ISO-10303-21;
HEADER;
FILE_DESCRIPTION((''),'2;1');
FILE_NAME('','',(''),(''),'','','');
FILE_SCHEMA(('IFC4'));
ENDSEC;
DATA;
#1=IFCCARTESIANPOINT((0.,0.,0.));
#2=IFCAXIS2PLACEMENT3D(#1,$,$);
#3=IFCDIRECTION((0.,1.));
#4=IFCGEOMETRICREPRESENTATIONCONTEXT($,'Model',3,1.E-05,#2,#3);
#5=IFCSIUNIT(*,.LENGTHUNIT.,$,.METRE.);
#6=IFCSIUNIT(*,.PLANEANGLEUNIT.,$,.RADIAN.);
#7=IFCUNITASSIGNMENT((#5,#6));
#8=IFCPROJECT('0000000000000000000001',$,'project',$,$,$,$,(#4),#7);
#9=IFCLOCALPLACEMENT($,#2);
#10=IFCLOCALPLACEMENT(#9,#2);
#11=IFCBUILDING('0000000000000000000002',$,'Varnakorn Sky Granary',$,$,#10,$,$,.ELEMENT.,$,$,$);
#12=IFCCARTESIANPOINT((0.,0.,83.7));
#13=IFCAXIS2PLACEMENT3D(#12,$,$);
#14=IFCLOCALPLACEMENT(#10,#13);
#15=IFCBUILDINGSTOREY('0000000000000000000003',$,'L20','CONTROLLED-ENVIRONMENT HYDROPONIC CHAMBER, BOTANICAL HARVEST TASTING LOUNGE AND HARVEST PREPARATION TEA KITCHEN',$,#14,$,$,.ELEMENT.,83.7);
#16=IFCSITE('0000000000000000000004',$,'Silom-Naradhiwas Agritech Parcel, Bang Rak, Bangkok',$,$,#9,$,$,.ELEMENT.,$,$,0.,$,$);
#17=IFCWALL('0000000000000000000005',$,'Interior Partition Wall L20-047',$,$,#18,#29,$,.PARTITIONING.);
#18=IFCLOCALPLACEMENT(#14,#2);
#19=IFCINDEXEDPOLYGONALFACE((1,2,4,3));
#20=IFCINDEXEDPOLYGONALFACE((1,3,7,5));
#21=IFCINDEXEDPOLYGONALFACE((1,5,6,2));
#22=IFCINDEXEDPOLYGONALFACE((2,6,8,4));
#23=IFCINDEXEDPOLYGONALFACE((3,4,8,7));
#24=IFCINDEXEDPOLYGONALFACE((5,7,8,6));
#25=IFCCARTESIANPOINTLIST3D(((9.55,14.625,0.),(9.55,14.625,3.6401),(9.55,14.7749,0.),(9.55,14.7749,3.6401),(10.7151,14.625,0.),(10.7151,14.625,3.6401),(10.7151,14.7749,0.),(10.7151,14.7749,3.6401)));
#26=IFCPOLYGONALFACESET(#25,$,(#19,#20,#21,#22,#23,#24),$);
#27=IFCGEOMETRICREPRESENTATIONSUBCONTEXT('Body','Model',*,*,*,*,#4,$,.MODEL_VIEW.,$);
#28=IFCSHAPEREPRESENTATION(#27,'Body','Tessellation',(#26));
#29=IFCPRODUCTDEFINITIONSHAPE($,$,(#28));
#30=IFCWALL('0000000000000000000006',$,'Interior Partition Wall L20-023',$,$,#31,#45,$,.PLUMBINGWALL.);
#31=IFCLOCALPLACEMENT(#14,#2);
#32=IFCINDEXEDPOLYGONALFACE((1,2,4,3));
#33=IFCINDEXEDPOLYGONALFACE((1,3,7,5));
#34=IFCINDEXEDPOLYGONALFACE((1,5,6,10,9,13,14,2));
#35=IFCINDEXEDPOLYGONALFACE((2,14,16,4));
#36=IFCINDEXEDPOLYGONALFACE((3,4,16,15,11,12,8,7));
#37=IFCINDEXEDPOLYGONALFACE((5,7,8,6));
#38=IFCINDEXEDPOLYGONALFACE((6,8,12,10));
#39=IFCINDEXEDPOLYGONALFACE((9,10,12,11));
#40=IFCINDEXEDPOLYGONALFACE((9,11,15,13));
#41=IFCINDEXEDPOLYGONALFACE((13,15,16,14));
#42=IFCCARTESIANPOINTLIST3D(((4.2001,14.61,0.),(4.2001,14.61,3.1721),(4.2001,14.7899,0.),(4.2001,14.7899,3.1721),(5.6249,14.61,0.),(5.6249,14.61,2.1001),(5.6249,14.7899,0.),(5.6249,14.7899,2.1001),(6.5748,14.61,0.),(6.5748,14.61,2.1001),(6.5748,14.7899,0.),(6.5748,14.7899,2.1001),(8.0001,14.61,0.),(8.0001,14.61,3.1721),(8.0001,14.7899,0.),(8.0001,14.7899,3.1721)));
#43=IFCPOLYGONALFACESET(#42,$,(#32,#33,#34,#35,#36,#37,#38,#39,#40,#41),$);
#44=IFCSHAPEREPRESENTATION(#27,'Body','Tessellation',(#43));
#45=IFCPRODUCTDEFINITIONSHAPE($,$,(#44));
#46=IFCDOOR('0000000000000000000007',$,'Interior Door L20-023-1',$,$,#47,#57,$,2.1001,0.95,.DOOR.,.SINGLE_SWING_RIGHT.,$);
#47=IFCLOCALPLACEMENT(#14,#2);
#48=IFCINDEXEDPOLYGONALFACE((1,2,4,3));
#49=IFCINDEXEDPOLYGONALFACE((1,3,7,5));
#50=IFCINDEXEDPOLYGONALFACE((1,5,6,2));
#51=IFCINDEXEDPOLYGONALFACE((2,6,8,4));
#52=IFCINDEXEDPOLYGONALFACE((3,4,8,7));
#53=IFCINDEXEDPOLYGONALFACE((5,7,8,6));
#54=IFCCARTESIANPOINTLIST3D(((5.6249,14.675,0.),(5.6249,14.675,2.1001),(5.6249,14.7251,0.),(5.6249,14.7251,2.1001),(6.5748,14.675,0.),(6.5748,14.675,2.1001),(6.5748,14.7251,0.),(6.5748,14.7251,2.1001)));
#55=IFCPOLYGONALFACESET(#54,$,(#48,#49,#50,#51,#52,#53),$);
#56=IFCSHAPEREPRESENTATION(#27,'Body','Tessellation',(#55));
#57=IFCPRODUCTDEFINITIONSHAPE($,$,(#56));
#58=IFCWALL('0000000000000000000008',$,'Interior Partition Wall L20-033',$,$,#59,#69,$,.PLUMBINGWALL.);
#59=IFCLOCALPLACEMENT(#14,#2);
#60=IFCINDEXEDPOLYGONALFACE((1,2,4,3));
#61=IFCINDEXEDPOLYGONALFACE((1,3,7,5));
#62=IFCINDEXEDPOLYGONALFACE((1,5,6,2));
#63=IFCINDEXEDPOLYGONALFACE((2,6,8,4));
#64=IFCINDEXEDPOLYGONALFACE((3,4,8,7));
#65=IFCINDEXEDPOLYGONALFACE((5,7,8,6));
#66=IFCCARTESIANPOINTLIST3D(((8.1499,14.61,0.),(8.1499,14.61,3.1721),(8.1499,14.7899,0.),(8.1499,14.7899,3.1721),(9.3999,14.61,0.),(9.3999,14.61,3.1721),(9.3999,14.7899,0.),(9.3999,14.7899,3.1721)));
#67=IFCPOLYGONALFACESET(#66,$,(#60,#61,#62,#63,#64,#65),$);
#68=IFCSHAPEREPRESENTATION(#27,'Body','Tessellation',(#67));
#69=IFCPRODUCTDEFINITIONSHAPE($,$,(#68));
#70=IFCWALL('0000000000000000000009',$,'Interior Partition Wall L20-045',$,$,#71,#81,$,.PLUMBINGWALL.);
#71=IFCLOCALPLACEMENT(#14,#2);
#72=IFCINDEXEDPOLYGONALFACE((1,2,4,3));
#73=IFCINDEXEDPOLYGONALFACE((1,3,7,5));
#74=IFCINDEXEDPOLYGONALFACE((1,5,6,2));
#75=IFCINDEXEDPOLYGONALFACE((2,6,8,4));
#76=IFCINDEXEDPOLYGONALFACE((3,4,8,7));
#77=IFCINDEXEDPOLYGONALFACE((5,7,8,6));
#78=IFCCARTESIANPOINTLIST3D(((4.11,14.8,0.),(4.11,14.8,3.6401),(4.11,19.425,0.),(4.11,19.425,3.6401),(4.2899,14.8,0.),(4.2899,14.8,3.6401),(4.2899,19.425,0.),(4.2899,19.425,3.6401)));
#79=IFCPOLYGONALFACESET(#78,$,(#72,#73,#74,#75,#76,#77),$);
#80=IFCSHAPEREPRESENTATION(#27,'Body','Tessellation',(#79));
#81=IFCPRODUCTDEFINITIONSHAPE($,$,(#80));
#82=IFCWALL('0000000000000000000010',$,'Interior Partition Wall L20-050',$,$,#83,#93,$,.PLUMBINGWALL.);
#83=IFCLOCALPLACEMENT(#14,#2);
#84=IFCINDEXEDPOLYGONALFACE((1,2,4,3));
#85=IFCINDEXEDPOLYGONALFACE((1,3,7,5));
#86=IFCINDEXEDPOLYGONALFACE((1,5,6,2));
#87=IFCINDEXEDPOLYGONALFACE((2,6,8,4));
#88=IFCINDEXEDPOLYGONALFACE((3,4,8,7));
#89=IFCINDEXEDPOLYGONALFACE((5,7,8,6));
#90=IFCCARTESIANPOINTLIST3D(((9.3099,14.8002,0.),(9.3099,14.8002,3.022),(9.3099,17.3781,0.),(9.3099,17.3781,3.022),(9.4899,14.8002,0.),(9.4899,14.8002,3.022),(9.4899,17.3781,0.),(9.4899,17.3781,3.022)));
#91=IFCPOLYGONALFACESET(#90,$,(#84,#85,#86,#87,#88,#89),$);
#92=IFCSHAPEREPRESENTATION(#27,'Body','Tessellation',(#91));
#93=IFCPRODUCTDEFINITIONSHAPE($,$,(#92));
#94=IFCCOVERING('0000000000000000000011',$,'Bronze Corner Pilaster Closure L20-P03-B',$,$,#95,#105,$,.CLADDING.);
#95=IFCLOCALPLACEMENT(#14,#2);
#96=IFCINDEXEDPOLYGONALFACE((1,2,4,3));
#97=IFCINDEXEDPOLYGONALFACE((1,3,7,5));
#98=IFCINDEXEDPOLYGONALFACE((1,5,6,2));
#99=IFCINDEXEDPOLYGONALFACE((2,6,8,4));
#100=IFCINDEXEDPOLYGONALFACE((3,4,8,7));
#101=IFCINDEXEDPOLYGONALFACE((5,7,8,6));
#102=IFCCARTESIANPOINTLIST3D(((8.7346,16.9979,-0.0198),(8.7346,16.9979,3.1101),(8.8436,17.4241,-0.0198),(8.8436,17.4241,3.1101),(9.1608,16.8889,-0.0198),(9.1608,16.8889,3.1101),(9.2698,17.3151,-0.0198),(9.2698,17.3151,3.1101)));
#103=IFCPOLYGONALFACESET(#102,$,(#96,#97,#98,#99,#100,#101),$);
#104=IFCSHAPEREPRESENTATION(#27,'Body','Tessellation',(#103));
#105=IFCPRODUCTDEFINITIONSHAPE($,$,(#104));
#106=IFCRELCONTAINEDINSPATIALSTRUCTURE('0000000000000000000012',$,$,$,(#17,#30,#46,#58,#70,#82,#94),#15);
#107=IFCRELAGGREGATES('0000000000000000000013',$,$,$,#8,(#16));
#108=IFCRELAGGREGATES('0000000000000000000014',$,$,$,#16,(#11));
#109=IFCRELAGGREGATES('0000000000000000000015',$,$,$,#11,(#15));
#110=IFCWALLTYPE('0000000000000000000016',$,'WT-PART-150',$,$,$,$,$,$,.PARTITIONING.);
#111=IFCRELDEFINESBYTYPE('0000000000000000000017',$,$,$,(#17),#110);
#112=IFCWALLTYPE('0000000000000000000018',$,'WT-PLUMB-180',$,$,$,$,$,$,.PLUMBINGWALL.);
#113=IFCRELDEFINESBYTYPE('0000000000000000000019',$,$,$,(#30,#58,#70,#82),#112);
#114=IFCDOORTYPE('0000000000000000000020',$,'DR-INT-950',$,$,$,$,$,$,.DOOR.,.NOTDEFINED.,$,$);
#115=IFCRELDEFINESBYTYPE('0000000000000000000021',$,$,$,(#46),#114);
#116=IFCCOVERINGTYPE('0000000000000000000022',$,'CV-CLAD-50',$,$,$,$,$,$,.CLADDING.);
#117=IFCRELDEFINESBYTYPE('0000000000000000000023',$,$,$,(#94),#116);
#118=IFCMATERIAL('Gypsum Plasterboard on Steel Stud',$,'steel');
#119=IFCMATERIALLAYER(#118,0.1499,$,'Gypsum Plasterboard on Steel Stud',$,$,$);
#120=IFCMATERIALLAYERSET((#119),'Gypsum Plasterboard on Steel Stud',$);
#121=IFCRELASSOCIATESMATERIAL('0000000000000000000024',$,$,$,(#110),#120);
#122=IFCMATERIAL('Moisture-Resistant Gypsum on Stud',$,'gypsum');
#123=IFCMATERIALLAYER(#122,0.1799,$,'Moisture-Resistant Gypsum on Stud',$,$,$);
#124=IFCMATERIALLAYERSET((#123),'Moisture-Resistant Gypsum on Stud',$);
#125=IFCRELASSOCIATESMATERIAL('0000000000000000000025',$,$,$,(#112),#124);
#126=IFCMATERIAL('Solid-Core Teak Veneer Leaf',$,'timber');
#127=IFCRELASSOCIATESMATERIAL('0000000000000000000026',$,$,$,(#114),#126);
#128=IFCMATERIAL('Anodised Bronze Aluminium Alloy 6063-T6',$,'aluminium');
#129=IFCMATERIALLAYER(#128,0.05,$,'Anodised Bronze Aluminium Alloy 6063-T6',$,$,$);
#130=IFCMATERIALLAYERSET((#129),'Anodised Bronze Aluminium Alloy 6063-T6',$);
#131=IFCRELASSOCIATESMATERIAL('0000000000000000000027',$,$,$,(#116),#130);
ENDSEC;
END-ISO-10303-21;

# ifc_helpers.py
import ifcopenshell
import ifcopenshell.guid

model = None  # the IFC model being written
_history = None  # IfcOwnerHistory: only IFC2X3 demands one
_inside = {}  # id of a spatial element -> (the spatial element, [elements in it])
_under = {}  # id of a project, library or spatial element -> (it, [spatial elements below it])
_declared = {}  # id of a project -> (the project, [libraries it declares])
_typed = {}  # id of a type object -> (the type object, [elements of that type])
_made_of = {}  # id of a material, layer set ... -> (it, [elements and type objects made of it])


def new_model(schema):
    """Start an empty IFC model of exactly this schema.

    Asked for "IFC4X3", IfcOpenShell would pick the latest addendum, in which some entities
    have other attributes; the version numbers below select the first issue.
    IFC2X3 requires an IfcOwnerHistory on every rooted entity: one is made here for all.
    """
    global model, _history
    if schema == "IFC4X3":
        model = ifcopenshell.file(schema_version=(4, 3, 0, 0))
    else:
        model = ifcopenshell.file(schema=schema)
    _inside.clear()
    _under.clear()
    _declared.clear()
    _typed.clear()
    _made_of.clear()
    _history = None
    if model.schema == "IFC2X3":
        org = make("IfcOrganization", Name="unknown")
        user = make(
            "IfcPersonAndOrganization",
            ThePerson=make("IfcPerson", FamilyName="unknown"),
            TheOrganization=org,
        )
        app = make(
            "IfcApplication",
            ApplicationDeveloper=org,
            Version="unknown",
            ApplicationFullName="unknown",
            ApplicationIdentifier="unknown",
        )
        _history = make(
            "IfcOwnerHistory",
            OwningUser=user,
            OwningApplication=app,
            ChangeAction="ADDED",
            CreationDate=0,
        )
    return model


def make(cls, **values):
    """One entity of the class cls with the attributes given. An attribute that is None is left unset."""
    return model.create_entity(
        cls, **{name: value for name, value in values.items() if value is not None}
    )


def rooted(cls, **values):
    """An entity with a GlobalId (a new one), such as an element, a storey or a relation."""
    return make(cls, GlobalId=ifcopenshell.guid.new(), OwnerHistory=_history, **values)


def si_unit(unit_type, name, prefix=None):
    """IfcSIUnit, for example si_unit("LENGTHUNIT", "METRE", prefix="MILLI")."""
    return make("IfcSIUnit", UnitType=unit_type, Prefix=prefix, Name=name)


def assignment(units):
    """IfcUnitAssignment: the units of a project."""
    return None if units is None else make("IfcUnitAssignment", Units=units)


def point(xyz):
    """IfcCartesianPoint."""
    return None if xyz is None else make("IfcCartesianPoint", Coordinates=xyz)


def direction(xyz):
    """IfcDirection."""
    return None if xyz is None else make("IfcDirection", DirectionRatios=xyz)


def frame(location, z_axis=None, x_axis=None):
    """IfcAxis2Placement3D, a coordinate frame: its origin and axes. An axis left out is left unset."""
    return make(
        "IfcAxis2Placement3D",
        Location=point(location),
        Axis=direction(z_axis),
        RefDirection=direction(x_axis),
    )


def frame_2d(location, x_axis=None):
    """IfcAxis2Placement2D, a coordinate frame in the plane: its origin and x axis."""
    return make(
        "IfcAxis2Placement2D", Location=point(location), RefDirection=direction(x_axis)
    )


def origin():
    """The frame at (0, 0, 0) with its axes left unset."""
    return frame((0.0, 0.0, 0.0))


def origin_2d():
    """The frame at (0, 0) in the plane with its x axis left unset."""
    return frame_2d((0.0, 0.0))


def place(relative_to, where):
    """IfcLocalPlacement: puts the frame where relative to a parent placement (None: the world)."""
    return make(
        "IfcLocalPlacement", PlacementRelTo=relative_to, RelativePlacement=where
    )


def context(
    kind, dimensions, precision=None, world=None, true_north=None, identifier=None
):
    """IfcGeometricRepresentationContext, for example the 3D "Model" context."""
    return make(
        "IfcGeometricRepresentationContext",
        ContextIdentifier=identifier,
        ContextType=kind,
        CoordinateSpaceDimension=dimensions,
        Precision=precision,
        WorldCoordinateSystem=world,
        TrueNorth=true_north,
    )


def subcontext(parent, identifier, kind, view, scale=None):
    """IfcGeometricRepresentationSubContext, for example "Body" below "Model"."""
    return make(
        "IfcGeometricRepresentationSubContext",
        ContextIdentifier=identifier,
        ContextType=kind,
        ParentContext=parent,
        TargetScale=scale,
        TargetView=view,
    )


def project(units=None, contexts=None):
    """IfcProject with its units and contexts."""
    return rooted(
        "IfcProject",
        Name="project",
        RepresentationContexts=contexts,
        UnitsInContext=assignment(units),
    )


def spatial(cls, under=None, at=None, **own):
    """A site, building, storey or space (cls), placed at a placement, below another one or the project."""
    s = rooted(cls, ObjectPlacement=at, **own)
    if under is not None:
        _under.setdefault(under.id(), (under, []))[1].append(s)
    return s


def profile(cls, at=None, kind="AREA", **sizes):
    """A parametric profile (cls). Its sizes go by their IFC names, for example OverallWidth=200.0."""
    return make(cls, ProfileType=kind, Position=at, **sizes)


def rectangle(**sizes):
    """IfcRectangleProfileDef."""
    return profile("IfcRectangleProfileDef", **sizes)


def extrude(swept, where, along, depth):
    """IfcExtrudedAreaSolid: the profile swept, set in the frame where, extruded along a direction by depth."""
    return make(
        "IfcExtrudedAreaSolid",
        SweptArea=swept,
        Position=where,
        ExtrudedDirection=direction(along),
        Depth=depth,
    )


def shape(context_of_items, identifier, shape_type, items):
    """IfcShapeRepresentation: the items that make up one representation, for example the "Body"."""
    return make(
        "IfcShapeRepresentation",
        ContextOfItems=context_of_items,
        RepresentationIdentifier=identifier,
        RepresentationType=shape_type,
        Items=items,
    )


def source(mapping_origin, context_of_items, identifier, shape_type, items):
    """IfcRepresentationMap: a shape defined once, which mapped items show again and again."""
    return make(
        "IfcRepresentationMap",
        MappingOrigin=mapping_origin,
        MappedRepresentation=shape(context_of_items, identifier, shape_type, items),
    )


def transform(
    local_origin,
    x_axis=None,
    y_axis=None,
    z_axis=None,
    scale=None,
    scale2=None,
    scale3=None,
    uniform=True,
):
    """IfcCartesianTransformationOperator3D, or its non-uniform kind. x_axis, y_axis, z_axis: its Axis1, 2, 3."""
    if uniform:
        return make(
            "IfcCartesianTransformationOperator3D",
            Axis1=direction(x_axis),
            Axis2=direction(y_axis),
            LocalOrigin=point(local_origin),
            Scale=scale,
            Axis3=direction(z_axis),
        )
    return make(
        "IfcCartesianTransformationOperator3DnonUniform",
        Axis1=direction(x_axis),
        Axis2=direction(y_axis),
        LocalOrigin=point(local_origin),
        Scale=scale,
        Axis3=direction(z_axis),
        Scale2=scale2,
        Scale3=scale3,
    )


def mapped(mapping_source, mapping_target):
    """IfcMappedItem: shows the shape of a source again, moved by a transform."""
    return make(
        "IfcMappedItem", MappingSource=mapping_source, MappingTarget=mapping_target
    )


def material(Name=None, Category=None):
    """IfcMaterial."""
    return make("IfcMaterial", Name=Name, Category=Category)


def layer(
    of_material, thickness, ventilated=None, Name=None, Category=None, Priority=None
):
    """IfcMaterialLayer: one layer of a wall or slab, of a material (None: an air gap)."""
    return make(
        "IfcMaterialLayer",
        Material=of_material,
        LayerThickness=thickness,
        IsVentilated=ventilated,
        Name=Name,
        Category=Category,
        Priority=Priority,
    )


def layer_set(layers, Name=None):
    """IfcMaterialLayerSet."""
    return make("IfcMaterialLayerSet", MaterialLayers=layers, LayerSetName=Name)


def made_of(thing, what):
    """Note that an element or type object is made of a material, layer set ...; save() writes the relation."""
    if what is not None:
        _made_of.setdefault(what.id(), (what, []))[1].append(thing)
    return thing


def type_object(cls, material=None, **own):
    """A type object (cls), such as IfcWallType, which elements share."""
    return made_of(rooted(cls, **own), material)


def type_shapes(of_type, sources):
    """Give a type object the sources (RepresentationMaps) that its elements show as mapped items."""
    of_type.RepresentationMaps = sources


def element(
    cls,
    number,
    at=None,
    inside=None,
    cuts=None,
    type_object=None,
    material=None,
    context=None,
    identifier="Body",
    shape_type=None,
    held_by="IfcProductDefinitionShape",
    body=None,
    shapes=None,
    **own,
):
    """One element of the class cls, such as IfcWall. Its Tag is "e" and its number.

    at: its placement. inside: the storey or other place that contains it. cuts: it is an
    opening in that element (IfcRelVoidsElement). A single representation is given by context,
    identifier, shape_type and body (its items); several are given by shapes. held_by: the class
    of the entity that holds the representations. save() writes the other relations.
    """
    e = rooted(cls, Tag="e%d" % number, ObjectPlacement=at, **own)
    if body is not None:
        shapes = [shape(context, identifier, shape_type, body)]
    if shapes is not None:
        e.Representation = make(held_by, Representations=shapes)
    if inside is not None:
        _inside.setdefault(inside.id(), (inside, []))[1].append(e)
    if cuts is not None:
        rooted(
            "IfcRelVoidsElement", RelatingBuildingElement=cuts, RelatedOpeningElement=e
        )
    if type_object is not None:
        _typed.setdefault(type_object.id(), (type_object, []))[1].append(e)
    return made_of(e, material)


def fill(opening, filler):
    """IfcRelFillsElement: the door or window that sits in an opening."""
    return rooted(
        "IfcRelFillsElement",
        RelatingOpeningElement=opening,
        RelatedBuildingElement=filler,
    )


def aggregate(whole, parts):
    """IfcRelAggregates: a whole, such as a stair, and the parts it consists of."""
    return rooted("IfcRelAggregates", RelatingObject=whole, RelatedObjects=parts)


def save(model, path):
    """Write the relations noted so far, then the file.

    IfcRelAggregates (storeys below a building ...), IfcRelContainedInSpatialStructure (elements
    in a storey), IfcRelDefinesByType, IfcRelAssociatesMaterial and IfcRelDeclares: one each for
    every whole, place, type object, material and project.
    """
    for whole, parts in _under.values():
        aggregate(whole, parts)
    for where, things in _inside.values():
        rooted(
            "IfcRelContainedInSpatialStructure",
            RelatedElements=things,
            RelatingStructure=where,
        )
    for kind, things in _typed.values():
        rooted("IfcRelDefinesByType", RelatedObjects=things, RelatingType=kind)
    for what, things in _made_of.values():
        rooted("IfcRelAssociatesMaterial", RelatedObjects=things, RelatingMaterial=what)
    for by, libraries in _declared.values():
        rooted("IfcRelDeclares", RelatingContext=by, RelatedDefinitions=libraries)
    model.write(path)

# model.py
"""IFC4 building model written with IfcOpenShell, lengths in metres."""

from ifc_helpers import new_model, si_unit, direction, frame, frame_2d, origin, origin_2d, place, context, subcontext, project, spatial, rectangle, extrude, source, transform, mapped, material, layer, layer_set, type_object, type_shapes, element, fill, save


model = new_model("IFC4")

# Units and contexts
model_context = context("Model", 3, precision=1e-05, world=origin(), true_north=direction((0.0, 1.0)))
body_context = subcontext(model_context, "Body", "Model", "MODEL_VIEW")
ifc_project = project(units=[si_unit("LENGTHUNIT", "METRE"), si_unit("PLANEANGLEUNIT", "RADIAN")], contexts=[model_context])

# Site, building, storey
site_placement = place(None, origin())
site = spatial("IfcSite", under=ifc_project, at=site_placement, Name="Silom-Naradhiwas Agritech Parcel, Bang Rak, Bangkok", CompositionType="ELEMENT", RefElevation=0.0)
building_placement = place(site_placement, origin())
building = spatial("IfcBuilding", under=site, at=building_placement, Name="Varnakorn Sky Granary", CompositionType="ELEMENT")
storey_placement = place(building_placement, frame((0.0, 0.0, 83.7)))
storey = spatial("IfcBuildingStorey", under=building, at=storey_placement, Name="L20", Description="CONTROLLED-ENVIRONMENT HYDROPONIC CHAMBER, BOTANICAL HARVEST TASTING LOUNGE AND HARVEST PREPARATION TEA KITCHEN", CompositionType="ELEMENT", Elevation=83.7)

# Shared definitions
ifc_material_1 = material(Name="Anodised Bronze Aluminium Alloy 6063-T6", Category="aluminium")

# Wall
ifc_material_2 = material(Name="Gypsum Plasterboard on Steel Stud", Category="steel")
ifc_layer_1 = layer(ifc_material_2, 0.1499, Name="Gypsum Plasterboard on Steel Stud")
ifc_layer_set_1 = layer_set([ifc_layer_1], Name="Gypsum Plasterboard on Steel Stud")
wall_type_1 = type_object("IfcWallType", Name="WT-PART-150", PredefinedType="PARTITIONING", material=ifc_layer_set_1)
wall_1_placement = place(storey_placement, frame((10.7151, 14.7, 0.0), z_axis=(0.0, 0.0, 1.0), x_axis=(-1.0, 0.0, 0.0)))
element("IfcWall", 1, at=wall_1_placement, inside=storey, type_object=wall_type_1, Name="Interior Partition Wall L20-047", PredefinedType="PARTITIONING", context=body_context, shape_type="SweptSolid", body=[
    extrude(rectangle(XDim=1.165, YDim=0.1499, at=frame_2d((0.5825, 0.0))), origin(), (0.0, 0.0, 1.0), 3.6401),
])

# Wall, opening, door
ifc_material_3 = material(Name="Moisture-Resistant Gypsum on Stud", Category="gypsum")
ifc_layer_2 = layer(ifc_material_3, 0.1799, Name="Moisture-Resistant Gypsum on Stud")
ifc_layer_set_2 = layer_set([ifc_layer_2], Name="Moisture-Resistant Gypsum on Stud")
wall_type_2 = type_object("IfcWallType", Name="WT-PLUMB-180", PredefinedType="PLUMBINGWALL", material=ifc_layer_set_2)
wall_2_placement = place(storey_placement, frame((8.0, 14.7, 0.0), z_axis=(0.0, 0.0, 1.0), x_axis=(-1.0, 0.0, 0.0)))
wall_2 = element("IfcWall", 2, at=wall_2_placement, inside=storey, type_object=wall_type_2, Name="Interior Partition Wall L20-023", PredefinedType="PLUMBINGWALL", context=body_context, shape_type="SweptSolid", body=[
    extrude(rectangle(XDim=3.8, YDim=0.1799, at=frame_2d((1.8999, 0.0))), origin(), (0.0, 0.0, 1.0), 3.1721),
])
opening_placement = place(wall_2_placement, frame((1.425, 0.0, 0.0)))
opening = element("IfcOpeningElement", 3, at=opening_placement, cuts=wall_2, PredefinedType="OPENING", context=body_context, shape_type="SweptSolid", body=[
    extrude(rectangle(XDim=0.95, YDim=2.1001, at=frame_2d((0.4751, 1.05))), frame((0.0, 0.1001, 0.0), z_axis=(0.0, -1.0, 0.0), x_axis=(1.0, 0.0, 0.0)), (0.0, 0.0, 1.0), 0.2),
])
ifc_material_4 = material(Name="Solid-Core Teak Veneer Leaf", Category="timber")
door_type = type_object("IfcDoorType", Name="DR-INT-950", OperationType="NOTDEFINED", PredefinedType="DOOR", material=ifc_material_4)
door_placement = place(opening_placement, origin())
door = element("IfcDoor", 4, at=door_placement, inside=storey, type_object=door_type, Name="Interior Door L20-023-1", OperationType="SINGLE_SWING_RIGHT", OverallHeight=2.1001, OverallWidth=0.95, PredefinedType="DOOR", context=body_context, shape_type="SweptSolid", body=[
    extrude(rectangle(XDim=0.95, YDim=2.1001, at=frame_2d((0.4751, 1.05))), frame((0.0, 0.0249, 0.0), z_axis=(0.0, -1.0, 0.0), x_axis=(1.0, 0.0, 0.0)), (0.0, 0.0, 1.0), 0.05),
])
fill(opening, door)

# Walls
wall_3_placement = place(storey_placement, frame((9.3999, 14.7, 0.0), z_axis=(0.0, 0.0, 1.0), x_axis=(-1.0, 0.0, 0.0)))
element("IfcWall", 5, at=wall_3_placement, inside=storey, type_object=wall_type_2, Name="Interior Partition Wall L20-033", PredefinedType="PLUMBINGWALL", context=body_context, shape_type="SweptSolid", body=[
    extrude(rectangle(XDim=1.25, YDim=0.1799, at=frame_2d((0.625, 0.0))), origin(), (0.0, 0.0, 1.0), 3.1721),
])
wall_4_placement = place(storey_placement, frame((4.2, 19.425, 0.0), z_axis=(0.0, 0.0, 1.0), x_axis=(0.0, -1.0, 0.0)))
element("IfcWall", 6, at=wall_4_placement, inside=storey, type_object=wall_type_2, Name="Interior Partition Wall L20-045", PredefinedType="PLUMBINGWALL", context=body_context, shape_type="SweptSolid", body=[
    extrude(rectangle(XDim=4.625, YDim=0.1799, at=frame_2d((2.3125, 0.0))), origin(), (0.0, 0.0, 1.0), 3.6401),
])
wall_5_placement = place(storey_placement, frame((9.3999, 14.8, 0.0), z_axis=(0.0, 0.0, 1.0), x_axis=(0.0, 1.0, 0.0)))
element("IfcWall", 7, at=wall_5_placement, inside=storey, type_object=wall_type_2, Name="Interior Partition Wall L20-050", PredefinedType="PLUMBINGWALL", context=body_context, shape_type="SweptSolid", body=[
    extrude(rectangle(XDim=2.5779, YDim=0.1799, at=frame_2d((1.2891, 0.0))), origin(), (0.0, 0.0, 1.0), 3.022),
])

# Covering
ifc_layer_3 = layer(ifc_material_1, 0.05, Name="Anodised Bronze Aluminium Alloy 6063-T6")
ifc_layer_set_3 = layer_set([ifc_layer_3], Name="Anodised Bronze Aluminium Alloy 6063-T6")
covering_type = type_object("IfcCoveringType", Name="CV-CLAD-50", PredefinedType="CLADDING", material=ifc_layer_set_3)
shared_shape_1 = source(origin(), body_context, "Body", "SweptSolid", [
    extrude(rectangle(XDim=0.4399, YDim=0.4399, at=origin_2d()), origin(), (0.0, 0.0, 1.0), 3.1299),
])
type_shapes(covering_type, [shared_shape_1])
covering_placement = place(storey_placement, frame((9.0022, 17.1565, -0.0198), z_axis=(0.0, 0.0, 1.0), x_axis=(0.968843, -0.247675, 0.0)))
element("IfcCovering", 8, at=covering_placement, inside=storey, type_object=covering_type, Name="Bronze Corner Pilaster Closure L20-P03-B", PredefinedType="CLADDING", context=body_context, shape_type="MappedRepresentation", body=[
    mapped(shared_shape_1, transform((0.0, 0.0, 0.0), x_axis=(1.0, 0.0, 0.0), y_axis=(0.0, 1.0, 0.0), z_axis=(0.0, 0.0, 1.0), scale=1.0)),
])

save(model, "model.ifc")
